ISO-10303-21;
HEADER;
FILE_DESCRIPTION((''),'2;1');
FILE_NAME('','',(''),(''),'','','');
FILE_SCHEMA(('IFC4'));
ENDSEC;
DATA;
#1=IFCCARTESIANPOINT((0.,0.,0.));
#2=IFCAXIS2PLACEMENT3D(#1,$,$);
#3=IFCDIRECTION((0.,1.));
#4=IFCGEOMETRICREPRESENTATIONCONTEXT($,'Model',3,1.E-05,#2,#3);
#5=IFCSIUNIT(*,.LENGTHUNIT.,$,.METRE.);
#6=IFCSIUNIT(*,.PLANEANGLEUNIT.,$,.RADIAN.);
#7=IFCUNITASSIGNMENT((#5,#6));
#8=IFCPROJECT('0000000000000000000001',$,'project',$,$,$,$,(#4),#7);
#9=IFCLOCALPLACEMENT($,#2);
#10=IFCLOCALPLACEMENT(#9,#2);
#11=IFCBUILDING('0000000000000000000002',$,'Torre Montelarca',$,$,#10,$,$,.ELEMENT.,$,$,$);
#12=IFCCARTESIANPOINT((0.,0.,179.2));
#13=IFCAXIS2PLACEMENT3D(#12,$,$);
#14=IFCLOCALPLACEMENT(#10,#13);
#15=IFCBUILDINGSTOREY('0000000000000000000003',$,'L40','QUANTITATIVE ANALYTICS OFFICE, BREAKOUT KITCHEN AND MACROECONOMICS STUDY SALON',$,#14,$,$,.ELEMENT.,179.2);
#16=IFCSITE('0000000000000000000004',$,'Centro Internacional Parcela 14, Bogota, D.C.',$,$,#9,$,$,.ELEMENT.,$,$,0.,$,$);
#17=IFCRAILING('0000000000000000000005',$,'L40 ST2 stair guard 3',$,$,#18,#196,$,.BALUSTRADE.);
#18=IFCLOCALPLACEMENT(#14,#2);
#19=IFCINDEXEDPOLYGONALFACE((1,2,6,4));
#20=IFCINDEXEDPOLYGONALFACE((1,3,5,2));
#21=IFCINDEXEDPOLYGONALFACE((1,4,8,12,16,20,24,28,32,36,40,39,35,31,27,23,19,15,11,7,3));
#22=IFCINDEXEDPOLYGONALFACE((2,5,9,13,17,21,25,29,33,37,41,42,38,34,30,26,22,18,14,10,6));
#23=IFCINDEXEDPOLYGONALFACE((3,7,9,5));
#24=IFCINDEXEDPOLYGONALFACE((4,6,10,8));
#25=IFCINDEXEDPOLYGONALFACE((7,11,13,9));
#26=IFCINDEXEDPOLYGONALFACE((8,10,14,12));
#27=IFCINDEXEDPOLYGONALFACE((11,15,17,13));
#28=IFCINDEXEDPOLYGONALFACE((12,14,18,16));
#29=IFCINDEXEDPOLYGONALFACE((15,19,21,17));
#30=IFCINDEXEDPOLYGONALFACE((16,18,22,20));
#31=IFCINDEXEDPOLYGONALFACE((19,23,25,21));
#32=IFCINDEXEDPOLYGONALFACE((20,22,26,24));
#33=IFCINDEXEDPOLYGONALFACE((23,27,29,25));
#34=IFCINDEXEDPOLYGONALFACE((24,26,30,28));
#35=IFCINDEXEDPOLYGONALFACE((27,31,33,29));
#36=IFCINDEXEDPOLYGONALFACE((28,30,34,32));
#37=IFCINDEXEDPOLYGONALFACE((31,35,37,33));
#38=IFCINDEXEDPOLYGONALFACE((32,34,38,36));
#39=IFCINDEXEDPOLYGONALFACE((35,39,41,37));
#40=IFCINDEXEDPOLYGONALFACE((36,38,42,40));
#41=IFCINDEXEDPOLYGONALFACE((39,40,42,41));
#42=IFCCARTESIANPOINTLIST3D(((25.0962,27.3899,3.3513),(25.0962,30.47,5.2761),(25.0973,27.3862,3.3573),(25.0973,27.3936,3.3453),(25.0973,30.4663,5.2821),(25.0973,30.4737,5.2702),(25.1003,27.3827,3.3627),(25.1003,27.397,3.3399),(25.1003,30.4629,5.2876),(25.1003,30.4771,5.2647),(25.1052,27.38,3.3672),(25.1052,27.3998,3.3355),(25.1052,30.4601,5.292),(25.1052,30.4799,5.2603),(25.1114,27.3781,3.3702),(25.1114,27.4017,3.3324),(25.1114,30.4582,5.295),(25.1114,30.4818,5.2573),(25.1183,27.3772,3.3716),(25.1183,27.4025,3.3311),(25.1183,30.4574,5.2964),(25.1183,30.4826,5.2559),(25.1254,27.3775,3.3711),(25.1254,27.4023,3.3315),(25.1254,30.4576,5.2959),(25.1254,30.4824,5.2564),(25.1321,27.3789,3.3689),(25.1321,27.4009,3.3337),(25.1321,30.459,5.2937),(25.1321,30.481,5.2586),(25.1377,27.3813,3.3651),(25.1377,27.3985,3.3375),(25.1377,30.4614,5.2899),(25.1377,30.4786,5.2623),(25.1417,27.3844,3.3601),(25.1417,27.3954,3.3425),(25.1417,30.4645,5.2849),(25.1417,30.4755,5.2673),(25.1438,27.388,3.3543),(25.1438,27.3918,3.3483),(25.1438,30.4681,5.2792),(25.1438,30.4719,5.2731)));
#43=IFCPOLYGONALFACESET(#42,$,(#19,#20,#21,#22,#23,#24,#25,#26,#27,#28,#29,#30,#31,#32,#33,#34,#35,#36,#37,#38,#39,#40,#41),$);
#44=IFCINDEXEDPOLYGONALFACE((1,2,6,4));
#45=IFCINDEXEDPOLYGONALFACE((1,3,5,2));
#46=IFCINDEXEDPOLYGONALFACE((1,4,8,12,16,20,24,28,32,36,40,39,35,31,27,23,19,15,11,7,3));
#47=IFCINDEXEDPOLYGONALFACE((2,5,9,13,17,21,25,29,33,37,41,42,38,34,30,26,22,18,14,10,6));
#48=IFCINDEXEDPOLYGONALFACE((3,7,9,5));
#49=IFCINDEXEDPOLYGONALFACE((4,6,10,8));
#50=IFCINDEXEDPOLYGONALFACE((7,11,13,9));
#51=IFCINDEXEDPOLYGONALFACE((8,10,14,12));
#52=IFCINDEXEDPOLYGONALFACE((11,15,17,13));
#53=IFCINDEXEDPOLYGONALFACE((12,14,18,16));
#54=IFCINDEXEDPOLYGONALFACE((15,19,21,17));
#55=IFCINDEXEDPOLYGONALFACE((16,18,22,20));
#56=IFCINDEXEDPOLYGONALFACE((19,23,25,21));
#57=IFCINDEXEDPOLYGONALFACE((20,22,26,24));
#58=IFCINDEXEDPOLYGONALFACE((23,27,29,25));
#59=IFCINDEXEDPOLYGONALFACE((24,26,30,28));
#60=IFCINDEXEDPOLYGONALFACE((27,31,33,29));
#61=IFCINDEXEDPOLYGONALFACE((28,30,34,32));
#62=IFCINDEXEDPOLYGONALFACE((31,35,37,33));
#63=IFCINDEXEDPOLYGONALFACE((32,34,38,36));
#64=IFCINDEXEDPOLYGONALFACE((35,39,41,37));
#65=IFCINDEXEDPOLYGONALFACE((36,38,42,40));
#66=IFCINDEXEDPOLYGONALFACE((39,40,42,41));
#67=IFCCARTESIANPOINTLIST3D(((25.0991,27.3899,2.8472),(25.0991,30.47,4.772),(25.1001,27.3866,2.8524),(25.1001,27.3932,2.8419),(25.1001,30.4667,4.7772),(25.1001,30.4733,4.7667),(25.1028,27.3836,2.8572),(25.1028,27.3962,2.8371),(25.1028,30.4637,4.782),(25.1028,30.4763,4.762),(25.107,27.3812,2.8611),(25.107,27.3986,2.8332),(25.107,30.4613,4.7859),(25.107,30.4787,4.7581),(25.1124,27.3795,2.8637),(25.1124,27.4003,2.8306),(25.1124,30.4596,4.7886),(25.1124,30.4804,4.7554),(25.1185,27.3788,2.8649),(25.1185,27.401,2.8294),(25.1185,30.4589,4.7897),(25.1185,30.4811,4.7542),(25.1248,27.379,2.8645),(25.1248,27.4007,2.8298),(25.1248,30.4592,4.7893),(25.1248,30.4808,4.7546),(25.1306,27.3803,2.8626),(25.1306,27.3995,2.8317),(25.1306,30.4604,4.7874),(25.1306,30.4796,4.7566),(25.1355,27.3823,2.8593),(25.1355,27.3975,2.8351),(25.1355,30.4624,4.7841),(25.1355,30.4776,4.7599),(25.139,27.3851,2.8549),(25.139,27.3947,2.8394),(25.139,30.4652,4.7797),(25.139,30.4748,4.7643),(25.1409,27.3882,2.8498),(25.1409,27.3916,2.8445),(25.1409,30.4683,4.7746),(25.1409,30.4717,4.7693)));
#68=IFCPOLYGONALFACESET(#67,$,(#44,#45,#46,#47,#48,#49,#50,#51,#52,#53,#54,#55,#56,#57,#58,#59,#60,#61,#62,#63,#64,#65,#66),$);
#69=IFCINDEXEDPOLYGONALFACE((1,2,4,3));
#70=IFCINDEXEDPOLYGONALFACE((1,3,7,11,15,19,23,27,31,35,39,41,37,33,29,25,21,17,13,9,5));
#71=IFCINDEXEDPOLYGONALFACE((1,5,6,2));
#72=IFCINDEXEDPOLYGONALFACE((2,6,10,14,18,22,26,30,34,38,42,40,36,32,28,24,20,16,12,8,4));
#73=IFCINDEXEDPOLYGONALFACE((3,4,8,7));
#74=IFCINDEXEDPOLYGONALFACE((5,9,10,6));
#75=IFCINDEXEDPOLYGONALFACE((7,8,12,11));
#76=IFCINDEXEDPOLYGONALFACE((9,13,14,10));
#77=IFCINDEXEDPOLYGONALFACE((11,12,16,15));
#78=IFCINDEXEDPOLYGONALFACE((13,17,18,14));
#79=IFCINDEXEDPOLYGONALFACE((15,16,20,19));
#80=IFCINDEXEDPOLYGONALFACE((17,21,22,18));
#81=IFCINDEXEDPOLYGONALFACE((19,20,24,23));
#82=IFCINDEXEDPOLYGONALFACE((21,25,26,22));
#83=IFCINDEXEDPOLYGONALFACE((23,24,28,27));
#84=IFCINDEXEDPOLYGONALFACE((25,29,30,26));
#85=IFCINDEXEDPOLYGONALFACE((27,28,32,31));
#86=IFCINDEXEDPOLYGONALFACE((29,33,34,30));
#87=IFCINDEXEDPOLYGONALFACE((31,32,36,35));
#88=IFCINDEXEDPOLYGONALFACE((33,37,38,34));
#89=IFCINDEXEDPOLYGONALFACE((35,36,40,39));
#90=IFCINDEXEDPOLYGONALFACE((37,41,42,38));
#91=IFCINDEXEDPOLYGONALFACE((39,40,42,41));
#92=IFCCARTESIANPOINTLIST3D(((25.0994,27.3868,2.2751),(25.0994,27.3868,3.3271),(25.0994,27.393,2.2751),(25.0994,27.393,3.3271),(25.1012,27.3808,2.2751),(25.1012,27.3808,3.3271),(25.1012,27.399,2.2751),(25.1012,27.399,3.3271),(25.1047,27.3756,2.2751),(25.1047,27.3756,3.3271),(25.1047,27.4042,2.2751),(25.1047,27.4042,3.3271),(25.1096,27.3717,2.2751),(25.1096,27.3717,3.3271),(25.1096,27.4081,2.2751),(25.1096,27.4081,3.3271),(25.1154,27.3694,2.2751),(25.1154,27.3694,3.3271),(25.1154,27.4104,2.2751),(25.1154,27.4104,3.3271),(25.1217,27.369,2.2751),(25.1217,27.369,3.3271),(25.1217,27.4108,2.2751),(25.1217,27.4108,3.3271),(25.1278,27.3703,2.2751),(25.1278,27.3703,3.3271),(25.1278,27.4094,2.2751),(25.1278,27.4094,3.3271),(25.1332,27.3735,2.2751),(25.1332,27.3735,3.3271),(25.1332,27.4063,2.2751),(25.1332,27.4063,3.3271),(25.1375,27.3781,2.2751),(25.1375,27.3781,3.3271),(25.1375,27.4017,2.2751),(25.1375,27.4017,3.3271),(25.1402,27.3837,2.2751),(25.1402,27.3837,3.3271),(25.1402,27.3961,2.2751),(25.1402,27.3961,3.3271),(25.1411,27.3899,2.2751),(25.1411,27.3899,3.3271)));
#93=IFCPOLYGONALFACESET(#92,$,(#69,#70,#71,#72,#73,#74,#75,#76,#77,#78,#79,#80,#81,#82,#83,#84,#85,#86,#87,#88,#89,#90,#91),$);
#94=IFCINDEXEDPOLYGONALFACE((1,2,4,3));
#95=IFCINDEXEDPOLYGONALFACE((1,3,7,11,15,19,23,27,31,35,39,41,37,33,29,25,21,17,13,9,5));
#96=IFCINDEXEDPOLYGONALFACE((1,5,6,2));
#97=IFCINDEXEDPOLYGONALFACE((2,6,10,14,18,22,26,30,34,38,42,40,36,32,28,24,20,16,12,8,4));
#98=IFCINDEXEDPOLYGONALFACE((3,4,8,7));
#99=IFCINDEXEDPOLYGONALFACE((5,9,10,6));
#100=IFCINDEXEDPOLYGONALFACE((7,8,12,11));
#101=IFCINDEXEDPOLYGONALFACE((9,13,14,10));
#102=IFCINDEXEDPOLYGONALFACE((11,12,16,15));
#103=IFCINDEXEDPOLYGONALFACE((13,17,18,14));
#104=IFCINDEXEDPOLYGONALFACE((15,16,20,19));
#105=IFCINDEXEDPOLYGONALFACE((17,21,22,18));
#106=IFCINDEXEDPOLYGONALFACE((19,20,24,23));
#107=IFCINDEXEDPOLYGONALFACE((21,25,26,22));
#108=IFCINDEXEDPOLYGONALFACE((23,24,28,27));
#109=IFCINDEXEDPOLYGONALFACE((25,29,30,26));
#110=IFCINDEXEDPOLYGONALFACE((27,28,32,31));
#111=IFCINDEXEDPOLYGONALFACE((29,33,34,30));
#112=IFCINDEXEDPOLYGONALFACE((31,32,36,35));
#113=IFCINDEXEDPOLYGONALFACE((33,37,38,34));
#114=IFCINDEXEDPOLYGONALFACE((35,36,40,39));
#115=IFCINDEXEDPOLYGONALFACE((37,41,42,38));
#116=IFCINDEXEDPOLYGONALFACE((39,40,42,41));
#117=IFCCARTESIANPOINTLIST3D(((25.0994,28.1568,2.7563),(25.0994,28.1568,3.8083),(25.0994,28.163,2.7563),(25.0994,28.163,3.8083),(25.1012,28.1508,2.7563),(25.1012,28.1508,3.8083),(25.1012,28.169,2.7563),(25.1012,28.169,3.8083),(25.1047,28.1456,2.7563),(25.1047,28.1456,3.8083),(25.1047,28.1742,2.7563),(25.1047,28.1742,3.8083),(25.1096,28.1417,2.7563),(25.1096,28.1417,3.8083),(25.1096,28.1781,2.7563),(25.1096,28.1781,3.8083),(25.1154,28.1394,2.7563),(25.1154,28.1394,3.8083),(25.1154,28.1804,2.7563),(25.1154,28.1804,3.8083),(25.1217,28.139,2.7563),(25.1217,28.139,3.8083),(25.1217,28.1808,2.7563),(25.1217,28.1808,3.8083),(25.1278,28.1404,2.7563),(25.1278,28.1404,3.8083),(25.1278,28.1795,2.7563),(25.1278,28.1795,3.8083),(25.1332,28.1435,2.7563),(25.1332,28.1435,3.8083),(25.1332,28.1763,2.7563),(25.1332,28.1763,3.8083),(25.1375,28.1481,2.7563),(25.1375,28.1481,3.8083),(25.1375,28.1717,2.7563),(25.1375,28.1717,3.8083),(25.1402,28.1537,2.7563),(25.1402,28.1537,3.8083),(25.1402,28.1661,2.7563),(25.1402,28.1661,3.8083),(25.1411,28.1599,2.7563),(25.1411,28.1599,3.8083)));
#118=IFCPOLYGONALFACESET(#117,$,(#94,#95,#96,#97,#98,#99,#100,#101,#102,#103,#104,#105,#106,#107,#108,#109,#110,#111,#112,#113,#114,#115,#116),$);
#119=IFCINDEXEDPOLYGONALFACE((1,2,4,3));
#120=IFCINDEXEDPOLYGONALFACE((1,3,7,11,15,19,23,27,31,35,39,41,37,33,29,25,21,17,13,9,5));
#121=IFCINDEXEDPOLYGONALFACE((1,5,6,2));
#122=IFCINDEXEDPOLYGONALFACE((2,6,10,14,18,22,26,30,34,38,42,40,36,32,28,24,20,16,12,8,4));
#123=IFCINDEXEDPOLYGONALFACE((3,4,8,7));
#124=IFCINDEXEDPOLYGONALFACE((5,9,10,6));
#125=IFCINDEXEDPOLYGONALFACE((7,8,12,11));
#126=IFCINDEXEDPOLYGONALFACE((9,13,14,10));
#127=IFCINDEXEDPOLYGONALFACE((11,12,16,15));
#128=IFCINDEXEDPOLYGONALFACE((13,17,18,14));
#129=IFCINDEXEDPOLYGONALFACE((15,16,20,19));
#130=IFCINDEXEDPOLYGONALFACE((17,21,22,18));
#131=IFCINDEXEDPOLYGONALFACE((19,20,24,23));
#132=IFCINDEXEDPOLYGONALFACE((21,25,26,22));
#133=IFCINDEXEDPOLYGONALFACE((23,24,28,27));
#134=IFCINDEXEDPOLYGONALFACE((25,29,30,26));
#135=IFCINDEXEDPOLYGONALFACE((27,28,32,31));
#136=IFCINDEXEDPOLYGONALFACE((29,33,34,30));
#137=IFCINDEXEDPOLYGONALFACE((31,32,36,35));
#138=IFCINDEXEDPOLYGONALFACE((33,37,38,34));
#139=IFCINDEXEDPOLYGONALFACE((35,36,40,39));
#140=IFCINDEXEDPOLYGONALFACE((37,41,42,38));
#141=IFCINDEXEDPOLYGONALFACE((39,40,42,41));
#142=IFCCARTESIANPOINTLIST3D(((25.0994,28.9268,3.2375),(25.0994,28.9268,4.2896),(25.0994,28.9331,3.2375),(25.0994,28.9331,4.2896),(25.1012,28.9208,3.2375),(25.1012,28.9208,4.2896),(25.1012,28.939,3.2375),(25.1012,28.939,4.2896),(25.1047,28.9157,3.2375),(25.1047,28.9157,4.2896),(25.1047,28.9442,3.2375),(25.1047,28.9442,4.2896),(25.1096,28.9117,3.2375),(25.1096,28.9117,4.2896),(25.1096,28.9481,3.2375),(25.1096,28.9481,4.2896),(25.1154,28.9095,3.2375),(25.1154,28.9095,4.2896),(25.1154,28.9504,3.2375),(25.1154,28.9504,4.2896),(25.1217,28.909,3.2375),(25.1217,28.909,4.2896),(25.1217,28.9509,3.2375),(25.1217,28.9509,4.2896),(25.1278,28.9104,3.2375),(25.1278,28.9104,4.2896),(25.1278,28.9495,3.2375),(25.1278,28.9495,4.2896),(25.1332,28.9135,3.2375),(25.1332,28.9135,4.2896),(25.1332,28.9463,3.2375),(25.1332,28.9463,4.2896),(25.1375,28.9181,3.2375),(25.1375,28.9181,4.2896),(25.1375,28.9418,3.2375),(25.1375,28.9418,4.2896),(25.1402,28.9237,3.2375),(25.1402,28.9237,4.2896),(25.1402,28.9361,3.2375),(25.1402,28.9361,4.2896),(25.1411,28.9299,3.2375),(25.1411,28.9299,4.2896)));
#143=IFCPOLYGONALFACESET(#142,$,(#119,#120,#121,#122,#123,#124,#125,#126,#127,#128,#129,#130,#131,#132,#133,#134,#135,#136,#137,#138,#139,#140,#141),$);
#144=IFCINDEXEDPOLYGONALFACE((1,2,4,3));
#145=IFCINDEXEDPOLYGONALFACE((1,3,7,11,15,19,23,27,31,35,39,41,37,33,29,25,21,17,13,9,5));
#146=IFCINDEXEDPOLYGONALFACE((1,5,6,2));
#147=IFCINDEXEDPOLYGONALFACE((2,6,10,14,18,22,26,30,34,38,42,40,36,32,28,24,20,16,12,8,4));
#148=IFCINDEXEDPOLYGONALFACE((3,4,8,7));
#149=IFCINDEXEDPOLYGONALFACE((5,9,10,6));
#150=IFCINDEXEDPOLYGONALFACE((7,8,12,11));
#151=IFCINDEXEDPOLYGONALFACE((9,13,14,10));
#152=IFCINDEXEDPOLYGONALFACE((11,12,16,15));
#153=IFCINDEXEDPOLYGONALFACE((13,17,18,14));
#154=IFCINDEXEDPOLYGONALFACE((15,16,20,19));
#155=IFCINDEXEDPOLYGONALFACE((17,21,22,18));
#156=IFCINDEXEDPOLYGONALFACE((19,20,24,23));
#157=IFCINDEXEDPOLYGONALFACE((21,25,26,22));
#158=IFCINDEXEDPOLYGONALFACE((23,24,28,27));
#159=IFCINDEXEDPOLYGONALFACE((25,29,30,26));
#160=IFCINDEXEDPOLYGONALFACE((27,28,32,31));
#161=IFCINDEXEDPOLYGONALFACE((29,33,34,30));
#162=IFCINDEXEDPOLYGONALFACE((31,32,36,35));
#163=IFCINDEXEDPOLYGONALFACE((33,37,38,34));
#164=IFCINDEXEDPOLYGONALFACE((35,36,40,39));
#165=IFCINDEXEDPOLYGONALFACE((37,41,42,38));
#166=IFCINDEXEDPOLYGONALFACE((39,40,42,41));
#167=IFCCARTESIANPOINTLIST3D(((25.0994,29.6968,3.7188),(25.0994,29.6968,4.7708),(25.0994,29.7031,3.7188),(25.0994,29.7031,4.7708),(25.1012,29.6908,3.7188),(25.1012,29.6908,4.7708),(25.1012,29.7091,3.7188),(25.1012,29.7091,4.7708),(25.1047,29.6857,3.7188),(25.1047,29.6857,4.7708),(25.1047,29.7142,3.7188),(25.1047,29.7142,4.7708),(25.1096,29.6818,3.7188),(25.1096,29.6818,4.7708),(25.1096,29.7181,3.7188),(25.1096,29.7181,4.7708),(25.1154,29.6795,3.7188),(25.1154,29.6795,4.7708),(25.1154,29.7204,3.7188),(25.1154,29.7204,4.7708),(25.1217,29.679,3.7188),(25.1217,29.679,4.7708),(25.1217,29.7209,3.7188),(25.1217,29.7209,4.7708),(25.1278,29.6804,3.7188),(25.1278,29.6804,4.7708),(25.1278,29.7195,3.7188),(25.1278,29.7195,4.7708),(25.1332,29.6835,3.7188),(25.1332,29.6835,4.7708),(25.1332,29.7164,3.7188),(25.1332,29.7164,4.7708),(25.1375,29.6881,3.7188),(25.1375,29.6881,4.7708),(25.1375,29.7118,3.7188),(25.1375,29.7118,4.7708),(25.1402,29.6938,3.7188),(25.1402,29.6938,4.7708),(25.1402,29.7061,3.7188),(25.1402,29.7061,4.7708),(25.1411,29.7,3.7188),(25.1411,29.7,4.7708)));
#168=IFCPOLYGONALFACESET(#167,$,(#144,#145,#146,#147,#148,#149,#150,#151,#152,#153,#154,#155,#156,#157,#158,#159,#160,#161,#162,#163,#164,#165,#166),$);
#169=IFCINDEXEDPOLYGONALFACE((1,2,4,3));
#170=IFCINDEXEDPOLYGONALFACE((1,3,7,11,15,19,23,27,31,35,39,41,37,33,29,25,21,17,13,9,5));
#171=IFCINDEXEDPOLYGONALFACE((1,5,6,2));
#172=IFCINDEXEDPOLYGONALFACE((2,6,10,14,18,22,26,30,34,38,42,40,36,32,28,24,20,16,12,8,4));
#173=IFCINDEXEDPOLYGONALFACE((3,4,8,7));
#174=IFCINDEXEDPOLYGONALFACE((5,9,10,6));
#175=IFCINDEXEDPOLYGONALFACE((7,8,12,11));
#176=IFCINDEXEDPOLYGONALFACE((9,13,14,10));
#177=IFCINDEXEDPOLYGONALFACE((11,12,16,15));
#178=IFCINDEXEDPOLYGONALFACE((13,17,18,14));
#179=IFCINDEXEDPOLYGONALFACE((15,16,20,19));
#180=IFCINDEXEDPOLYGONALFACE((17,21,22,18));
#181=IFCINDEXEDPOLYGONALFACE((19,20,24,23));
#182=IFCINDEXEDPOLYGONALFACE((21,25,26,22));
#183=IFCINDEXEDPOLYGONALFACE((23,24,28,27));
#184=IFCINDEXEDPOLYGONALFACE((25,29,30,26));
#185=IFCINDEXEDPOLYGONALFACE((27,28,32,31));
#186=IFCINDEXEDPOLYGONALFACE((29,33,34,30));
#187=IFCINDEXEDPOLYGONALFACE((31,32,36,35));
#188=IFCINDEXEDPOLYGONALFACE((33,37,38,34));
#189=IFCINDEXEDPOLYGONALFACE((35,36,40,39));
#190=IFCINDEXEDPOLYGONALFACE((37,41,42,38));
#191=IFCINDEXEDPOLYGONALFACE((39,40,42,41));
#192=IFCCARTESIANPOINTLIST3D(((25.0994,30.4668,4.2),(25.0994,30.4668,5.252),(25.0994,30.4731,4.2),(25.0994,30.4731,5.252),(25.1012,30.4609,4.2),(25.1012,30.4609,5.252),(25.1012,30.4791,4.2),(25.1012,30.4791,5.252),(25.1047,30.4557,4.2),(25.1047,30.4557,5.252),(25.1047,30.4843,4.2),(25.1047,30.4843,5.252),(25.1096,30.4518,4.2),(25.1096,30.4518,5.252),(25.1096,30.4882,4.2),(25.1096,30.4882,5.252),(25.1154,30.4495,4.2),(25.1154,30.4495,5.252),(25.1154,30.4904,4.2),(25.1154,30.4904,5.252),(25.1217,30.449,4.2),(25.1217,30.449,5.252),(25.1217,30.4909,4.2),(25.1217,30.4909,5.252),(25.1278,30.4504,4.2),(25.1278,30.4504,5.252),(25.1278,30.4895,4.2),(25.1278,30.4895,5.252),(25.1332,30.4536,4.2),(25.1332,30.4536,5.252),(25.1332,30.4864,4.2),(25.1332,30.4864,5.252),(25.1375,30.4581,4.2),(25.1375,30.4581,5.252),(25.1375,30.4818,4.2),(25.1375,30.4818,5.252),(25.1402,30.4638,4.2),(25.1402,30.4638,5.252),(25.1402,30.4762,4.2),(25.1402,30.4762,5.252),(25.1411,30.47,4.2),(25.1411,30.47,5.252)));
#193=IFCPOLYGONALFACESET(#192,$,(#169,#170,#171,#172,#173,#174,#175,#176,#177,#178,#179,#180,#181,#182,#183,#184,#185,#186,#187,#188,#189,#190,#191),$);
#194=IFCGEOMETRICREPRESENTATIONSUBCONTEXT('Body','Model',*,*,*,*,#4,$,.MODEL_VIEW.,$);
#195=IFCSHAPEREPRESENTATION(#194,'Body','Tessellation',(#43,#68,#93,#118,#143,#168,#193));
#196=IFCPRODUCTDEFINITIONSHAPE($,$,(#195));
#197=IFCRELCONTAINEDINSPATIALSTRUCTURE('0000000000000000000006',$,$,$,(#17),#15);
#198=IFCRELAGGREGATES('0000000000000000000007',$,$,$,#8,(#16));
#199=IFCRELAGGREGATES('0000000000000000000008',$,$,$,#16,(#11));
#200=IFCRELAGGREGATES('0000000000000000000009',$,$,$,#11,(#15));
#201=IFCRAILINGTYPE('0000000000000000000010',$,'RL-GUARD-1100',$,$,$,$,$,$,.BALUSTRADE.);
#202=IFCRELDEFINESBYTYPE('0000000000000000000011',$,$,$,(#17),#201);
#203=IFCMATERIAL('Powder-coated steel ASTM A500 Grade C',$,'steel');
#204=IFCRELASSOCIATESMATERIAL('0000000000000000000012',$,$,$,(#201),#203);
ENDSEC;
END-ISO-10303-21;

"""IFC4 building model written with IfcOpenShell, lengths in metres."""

from ifc_helpers import new_model, si_unit, direction, frame, origin, origin_2d, place, context, subcontext, project, spatial, circle, extrude, material, type_object, element, save


model = new_model("IFC4")

# Units and contexts
model_context = context("Model", 3, precision=1e-05, world=origin(), true_north=direction((0.0, 1.0)))
body_context = subcontext(model_context, "Body", "Model", "MODEL_VIEW")
ifc_project = project(units=[si_unit("LENGTHUNIT", "METRE"), si_unit("PLANEANGLEUNIT", "RADIAN")], contexts=[model_context])

# Site, building, storey
site_placement = place(None, origin())
site = spatial("IfcSite", under=ifc_project, at=site_placement, Name="Centro Internacional Parcela 14, Bogota, D.C.", CompositionType="ELEMENT", RefElevation=0.0)
building_placement = place(site_placement, origin())
building = spatial("IfcBuilding", under=site, at=building_placement, Name="Torre Montelarca", CompositionType="ELEMENT")
storey_placement = place(building_placement, frame((0.0, 0.0, 179.2)))
storey = spatial("IfcBuildingStorey", under=building, at=storey_placement, Name="L40", Description="QUANTITATIVE ANALYTICS OFFICE, BREAKOUT KITCHEN AND MACROECONOMICS STUDY SALON", CompositionType="ELEMENT", Elevation=179.2)

# Railing
ifc_material_1 = material(Name="Powder-coated steel ASTM A500 Grade C", Category="steel")
railing_type_1 = type_object("IfcRailingType", Name="RL-GUARD-1100", PredefinedType="BALUSTRADE", material=ifc_material_1)
railing_1_placement = place(storey_placement, frame((25.1201, 27.3899, 2.2751)))
element("IfcRailing", 1, at=railing_1_placement, inside=storey, type_object=railing_type_1, Name="L40 ST2 stair guard 3", PredefinedType="BALUSTRADE", context=body_context, shape_type="SweptSolid", body=[
    extrude(circle(Radius=0.0239, at=origin_2d()), frame((0.0, 0.0, 1.0762), z_axis=(0.0, 0.848029, 0.529951), x_axis=(-1.0, 0.0, 0.0)), (0.0, 0.0, 1.0), 3.6321),
    extrude(circle(Radius=0.021, at=origin_2d()), frame((0.0, 0.0, 0.572), z_axis=(0.0, 0.848029, 0.529951), x_axis=(-1.0, 0.0, 0.0)), (0.0, 0.0, 1.0), 3.6321),
    extrude(circle(Radius=0.021, at=origin_2d()), origin(), (0.0, 0.0, 1.0), 1.052),
    extrude(circle(Radius=0.021, at=origin_2d()), frame((0.0, 0.77, 0.4812)), (0.0, 0.0, 1.0), 1.052),
    extrude(circle(Radius=0.021, at=origin_2d()), frame((0.0, 1.54, 0.9624)), (0.0, 0.0, 1.0), 1.052),
    extrude(circle(Radius=0.021, at=origin_2d()), frame((0.0, 2.3101, 1.4436)), (0.0, 0.0, 1.0), 1.052),
    extrude(circle(Radius=0.021, at=origin_2d()), frame((0.0, 3.0801, 1.9248)), (0.0, 0.0, 1.0), 1.052),
])

save(model, "model.ifc")
